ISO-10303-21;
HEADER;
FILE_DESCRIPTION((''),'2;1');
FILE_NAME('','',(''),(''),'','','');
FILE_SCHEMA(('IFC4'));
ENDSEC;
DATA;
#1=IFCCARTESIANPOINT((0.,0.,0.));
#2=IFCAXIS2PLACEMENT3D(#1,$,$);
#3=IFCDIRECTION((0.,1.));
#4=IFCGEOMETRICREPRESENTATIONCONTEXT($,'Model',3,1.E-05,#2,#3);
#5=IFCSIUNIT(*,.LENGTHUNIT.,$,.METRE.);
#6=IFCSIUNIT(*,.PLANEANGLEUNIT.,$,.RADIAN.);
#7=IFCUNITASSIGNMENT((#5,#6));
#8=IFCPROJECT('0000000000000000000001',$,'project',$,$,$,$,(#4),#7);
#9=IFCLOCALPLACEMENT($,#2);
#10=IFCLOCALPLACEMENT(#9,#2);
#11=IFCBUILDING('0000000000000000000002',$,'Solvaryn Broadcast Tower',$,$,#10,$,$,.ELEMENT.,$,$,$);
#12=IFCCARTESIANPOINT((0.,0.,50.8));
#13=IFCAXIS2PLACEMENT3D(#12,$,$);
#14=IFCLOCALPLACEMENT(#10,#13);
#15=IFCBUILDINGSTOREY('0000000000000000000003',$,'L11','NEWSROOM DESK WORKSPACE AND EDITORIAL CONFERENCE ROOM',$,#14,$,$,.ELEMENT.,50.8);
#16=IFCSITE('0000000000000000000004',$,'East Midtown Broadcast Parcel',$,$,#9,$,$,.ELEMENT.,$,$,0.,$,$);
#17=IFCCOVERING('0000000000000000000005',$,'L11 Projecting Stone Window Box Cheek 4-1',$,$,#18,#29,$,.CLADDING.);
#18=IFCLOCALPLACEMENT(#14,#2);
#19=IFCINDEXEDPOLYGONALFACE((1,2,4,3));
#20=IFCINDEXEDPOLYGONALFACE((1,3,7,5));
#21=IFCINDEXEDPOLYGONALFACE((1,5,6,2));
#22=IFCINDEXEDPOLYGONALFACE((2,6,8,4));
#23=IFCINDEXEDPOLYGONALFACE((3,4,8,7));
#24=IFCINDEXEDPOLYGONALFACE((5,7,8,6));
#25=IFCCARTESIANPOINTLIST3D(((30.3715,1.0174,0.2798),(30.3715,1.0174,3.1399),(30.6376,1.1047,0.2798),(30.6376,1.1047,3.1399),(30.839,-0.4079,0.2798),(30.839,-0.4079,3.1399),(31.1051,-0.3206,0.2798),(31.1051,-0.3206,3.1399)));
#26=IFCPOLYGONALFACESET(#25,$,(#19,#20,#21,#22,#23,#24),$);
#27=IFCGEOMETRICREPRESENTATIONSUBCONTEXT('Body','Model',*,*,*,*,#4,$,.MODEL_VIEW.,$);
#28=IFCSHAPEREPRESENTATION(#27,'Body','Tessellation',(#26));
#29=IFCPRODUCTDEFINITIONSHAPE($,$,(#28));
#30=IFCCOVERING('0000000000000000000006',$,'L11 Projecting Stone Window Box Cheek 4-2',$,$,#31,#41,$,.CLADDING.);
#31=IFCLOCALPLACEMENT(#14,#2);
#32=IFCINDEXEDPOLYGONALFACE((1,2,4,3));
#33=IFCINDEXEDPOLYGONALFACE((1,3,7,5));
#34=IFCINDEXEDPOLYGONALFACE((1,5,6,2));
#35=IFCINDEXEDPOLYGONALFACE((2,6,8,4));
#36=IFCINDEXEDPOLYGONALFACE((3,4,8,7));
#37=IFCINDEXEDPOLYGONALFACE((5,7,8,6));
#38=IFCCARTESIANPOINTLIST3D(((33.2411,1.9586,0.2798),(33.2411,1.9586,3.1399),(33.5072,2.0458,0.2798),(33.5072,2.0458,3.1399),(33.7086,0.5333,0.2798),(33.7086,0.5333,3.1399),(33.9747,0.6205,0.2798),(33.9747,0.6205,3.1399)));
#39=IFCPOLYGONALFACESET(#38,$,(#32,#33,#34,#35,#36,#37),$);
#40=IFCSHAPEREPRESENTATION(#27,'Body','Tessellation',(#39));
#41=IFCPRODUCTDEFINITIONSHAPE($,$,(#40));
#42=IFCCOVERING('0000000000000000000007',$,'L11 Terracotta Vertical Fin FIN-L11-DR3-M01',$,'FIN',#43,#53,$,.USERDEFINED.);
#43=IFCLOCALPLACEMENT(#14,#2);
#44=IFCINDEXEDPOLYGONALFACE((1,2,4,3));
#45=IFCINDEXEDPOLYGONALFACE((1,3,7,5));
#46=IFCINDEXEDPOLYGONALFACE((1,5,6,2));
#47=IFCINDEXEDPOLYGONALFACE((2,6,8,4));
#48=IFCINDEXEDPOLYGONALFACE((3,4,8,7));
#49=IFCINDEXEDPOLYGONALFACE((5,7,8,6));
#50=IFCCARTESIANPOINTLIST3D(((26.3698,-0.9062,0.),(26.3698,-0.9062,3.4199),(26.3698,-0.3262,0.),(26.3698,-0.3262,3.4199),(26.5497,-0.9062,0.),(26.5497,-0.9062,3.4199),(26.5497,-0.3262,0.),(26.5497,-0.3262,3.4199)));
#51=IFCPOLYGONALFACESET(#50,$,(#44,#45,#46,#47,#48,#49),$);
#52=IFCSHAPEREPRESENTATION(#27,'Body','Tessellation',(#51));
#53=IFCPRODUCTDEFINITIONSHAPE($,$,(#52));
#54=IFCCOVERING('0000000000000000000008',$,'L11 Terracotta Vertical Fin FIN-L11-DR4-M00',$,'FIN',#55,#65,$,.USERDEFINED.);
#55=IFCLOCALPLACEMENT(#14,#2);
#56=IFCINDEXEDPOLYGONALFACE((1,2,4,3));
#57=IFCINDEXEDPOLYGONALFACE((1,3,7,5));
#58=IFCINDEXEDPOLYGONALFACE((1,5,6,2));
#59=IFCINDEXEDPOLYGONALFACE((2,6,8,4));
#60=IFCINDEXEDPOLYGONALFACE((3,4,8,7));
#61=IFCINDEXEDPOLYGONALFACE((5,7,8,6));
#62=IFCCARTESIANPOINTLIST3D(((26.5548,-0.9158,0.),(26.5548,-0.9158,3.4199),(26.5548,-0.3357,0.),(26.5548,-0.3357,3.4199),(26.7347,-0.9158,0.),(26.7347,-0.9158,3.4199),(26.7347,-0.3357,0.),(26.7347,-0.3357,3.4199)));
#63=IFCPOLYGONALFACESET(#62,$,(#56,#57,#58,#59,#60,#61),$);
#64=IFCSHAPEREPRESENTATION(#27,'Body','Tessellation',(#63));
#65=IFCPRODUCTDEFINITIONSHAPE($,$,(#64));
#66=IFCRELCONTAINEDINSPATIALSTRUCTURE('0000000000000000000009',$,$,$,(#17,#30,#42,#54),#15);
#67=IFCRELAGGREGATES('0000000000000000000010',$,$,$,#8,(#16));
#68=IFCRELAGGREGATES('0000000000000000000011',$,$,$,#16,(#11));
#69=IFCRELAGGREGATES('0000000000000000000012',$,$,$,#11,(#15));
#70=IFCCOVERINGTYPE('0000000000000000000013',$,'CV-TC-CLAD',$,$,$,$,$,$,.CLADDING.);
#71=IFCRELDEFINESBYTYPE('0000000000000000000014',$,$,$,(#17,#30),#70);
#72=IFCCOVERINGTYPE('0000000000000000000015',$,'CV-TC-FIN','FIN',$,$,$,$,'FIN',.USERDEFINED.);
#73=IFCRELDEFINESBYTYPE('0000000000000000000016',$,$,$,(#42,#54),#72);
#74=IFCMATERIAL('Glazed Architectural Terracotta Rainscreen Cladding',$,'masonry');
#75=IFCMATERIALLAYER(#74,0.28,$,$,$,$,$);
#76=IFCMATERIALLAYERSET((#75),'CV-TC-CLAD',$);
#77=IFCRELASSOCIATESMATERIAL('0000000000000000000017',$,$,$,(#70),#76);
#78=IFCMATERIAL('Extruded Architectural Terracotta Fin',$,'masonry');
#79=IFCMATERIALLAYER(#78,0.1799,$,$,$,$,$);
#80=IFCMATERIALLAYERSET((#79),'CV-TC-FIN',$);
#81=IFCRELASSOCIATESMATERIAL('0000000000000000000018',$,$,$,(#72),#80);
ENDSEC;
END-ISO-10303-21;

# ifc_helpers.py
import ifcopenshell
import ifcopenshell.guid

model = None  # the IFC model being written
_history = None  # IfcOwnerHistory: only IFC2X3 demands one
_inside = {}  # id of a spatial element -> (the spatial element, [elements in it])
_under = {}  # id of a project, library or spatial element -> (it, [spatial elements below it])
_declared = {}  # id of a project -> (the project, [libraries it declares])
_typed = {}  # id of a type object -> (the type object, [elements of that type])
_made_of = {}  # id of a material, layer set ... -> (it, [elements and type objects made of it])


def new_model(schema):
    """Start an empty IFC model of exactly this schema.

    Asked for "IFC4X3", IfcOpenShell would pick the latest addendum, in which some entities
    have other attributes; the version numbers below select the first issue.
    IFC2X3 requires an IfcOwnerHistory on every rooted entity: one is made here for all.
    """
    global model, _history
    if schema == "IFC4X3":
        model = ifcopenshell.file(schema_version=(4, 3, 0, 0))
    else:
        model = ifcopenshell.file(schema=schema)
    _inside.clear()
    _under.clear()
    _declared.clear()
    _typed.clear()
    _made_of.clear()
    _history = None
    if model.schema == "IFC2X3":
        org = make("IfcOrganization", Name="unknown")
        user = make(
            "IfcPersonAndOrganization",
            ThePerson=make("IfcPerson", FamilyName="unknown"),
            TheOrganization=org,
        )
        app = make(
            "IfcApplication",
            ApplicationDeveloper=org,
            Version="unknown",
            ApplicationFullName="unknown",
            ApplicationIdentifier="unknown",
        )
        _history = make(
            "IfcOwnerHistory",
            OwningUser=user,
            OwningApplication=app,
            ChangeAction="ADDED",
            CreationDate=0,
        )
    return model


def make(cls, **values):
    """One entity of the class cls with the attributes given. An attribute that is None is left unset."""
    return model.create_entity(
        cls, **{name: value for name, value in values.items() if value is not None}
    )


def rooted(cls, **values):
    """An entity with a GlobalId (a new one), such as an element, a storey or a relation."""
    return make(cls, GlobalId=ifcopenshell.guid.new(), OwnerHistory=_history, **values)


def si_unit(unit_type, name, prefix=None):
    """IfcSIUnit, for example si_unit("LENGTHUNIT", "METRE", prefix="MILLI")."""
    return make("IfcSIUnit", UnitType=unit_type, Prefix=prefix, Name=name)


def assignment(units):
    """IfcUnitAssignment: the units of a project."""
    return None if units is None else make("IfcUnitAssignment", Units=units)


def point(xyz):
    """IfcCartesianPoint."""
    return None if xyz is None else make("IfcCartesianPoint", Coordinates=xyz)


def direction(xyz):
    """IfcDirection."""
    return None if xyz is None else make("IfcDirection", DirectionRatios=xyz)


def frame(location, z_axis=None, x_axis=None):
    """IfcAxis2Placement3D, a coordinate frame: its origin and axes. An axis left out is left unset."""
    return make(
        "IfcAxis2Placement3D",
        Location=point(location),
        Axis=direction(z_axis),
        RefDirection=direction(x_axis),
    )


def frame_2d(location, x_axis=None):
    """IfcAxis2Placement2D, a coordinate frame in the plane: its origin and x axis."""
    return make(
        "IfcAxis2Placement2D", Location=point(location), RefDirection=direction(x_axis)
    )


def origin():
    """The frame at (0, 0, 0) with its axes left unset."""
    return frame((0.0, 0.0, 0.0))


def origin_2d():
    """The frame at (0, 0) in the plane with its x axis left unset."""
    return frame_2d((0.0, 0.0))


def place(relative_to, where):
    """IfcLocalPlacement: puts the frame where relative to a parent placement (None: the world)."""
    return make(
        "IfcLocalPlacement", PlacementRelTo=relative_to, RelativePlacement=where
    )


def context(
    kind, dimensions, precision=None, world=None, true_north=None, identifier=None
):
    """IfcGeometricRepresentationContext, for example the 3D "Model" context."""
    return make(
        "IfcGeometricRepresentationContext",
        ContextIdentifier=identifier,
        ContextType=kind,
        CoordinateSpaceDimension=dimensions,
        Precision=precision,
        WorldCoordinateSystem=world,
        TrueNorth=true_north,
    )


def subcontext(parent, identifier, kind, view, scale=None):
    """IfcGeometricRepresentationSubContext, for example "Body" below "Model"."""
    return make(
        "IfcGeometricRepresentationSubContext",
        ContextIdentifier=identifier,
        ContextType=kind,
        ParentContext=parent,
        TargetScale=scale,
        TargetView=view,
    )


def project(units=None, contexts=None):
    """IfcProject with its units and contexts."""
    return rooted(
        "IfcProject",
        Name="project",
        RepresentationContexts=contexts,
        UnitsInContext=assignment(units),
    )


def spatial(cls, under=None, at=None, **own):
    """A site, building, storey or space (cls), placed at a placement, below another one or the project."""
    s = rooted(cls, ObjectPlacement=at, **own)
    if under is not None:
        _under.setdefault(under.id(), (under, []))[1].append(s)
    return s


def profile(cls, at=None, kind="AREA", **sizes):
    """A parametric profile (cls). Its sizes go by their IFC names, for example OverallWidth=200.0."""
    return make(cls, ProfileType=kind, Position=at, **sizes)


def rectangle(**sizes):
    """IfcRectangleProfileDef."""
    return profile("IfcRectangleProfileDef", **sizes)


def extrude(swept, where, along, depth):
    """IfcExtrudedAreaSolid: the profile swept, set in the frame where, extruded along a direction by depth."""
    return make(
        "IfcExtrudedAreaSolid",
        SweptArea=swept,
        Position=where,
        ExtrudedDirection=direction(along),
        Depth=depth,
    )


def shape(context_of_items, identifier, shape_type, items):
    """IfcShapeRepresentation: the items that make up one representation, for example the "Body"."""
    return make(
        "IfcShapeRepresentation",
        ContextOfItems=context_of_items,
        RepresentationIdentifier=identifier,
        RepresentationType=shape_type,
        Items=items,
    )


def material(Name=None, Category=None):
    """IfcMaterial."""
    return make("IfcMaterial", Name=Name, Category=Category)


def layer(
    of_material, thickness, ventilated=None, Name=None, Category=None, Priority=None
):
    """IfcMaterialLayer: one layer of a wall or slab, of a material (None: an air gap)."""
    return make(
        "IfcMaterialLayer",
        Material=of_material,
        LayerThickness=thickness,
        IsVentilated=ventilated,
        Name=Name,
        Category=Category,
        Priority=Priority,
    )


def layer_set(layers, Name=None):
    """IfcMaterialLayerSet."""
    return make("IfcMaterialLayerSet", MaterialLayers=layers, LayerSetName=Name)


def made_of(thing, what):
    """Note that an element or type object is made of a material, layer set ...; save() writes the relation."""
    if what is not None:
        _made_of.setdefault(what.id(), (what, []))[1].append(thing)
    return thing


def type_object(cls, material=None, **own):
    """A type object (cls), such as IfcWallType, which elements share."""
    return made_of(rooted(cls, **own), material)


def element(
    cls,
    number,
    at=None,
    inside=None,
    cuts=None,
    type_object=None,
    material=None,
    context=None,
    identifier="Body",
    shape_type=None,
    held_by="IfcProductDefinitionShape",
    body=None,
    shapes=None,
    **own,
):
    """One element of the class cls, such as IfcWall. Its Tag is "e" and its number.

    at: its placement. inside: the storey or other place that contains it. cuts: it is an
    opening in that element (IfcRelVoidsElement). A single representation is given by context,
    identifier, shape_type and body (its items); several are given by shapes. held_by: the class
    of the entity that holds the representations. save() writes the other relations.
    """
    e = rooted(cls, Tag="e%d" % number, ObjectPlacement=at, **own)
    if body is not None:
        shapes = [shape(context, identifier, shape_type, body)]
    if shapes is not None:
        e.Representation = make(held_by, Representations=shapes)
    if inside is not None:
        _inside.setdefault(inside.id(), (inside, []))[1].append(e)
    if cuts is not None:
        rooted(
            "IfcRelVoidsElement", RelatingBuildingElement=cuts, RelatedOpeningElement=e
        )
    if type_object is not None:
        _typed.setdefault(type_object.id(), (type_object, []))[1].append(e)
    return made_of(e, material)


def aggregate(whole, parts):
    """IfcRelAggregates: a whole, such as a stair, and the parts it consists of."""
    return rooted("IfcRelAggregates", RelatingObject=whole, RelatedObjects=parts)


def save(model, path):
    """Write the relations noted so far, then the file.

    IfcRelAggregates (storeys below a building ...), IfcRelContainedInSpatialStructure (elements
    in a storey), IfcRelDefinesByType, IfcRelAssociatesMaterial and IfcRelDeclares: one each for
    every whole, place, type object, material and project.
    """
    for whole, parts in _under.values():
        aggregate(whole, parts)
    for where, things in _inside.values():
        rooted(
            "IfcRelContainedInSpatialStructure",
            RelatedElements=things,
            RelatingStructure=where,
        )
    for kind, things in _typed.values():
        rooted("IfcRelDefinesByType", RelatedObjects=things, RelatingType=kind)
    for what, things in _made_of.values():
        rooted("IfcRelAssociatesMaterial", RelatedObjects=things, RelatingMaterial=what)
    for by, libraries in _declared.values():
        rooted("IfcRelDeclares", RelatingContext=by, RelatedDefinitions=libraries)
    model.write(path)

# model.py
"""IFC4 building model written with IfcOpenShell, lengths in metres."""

from ifc_helpers import new_model, si_unit, direction, frame, origin, origin_2d, place, context, subcontext, project, spatial, rectangle, extrude, material, layer, layer_set, type_object, element, save


model = new_model("IFC4")

# Units and contexts
model_context = context("Model", 3, precision=1e-05, world=origin(), true_north=direction((0.0, 1.0)))
body_context = subcontext(model_context, "Body", "Model", "MODEL_VIEW")
ifc_project = project(units=[si_unit("LENGTHUNIT", "METRE"), si_unit("PLANEANGLEUNIT", "RADIAN")], contexts=[model_context])

# Site, building, storey
site_placement = place(None, origin())
site = spatial("IfcSite", under=ifc_project, at=site_placement, Name="East Midtown Broadcast Parcel", CompositionType="ELEMENT", RefElevation=0.0)
building_placement = place(site_placement, origin())
building = spatial("IfcBuilding", under=site, at=building_placement, Name="Solvaryn Broadcast Tower", CompositionType="ELEMENT")
storey_placement = place(building_placement, frame((0.0, 0.0, 50.8)))
storey = spatial("IfcBuildingStorey", under=building, at=storey_placement, Name="L11", Description="NEWSROOM DESK WORKSPACE AND EDITORIAL CONFERENCE ROOM", CompositionType="ELEMENT", Elevation=50.8)

# Coverings
ifc_material_1 = material(Name="Glazed Architectural Terracotta Rainscreen Cladding", Category="masonry")
ifc_layer_1 = layer(ifc_material_1, 0.28)
ifc_layer_set_1 = layer_set([ifc_layer_1], Name="CV-TC-CLAD")
covering_type_1 = type_object("IfcCoveringType", Name="CV-TC-CLAD", PredefinedType="CLADDING", material=ifc_layer_set_1)
for number, where, z_axis, x_axis, name in (
    (1, (30.7383, 0.3484, 0.2798), (0.0, 0.0, 1.0), (0.95019, 0.311672, 0.0), "L11 Projecting Stone Window Box Cheek 4-1"),
    (2, (33.6079, 1.2896, 0.2798), (0.0, 0.0, 1.0), (0.95019, 0.311672, 0.0), "L11 Projecting Stone Window Box Cheek 4-2"),
):
    element("IfcCovering", number, at=place(storey_placement, frame(where, z_axis=z_axis, x_axis=x_axis)), inside=storey, type_object=covering_type_1, Name=name, PredefinedType="CLADDING", context=body_context, shape_type="SweptSolid", body=[
        extrude(rectangle(XDim=0.28, YDim=1.5, at=origin_2d()), origin(), (0.0, 0.0, 1.0), 2.8601),
    ])
ifc_material_2 = material(Name="Extruded Architectural Terracotta Fin", Category="masonry")
ifc_layer_2 = layer(ifc_material_2, 0.1799)
ifc_layer_set_2 = layer_set([ifc_layer_2], Name="CV-TC-FIN")
covering_type_2 = type_object("IfcCoveringType", Name="CV-TC-FIN", Description="FIN", ElementType="FIN", PredefinedType="USERDEFINED", material=ifc_layer_set_2)
for number, where, z_axis, x_axis, name in (
    (3, (26.4597, -0.6162, 0.0), (0.0, 0.0, 1.0), (1.0, 0.0, 0.0), "L11 Terracotta Vertical Fin FIN-L11-DR3-M01"),
    (4, (26.6448, -0.6257, 0.0), (0.0, 0.0, 1.0), (1.0, 0.0, 0.0), "L11 Terracotta Vertical Fin FIN-L11-DR4-M00"),
):
    element("IfcCovering", number, at=place(storey_placement, frame(where, z_axis=z_axis, x_axis=x_axis)), inside=storey, type_object=covering_type_2, Name=name, ObjectType="FIN", PredefinedType="USERDEFINED", context=body_context, shape_type="SweptSolid", body=[
        extrude(rectangle(XDim=0.1799, YDim=0.5801, at=origin_2d()), origin(), (0.0, 0.0, 1.0), 3.4199),
    ])

save(model, "model.ifc")
